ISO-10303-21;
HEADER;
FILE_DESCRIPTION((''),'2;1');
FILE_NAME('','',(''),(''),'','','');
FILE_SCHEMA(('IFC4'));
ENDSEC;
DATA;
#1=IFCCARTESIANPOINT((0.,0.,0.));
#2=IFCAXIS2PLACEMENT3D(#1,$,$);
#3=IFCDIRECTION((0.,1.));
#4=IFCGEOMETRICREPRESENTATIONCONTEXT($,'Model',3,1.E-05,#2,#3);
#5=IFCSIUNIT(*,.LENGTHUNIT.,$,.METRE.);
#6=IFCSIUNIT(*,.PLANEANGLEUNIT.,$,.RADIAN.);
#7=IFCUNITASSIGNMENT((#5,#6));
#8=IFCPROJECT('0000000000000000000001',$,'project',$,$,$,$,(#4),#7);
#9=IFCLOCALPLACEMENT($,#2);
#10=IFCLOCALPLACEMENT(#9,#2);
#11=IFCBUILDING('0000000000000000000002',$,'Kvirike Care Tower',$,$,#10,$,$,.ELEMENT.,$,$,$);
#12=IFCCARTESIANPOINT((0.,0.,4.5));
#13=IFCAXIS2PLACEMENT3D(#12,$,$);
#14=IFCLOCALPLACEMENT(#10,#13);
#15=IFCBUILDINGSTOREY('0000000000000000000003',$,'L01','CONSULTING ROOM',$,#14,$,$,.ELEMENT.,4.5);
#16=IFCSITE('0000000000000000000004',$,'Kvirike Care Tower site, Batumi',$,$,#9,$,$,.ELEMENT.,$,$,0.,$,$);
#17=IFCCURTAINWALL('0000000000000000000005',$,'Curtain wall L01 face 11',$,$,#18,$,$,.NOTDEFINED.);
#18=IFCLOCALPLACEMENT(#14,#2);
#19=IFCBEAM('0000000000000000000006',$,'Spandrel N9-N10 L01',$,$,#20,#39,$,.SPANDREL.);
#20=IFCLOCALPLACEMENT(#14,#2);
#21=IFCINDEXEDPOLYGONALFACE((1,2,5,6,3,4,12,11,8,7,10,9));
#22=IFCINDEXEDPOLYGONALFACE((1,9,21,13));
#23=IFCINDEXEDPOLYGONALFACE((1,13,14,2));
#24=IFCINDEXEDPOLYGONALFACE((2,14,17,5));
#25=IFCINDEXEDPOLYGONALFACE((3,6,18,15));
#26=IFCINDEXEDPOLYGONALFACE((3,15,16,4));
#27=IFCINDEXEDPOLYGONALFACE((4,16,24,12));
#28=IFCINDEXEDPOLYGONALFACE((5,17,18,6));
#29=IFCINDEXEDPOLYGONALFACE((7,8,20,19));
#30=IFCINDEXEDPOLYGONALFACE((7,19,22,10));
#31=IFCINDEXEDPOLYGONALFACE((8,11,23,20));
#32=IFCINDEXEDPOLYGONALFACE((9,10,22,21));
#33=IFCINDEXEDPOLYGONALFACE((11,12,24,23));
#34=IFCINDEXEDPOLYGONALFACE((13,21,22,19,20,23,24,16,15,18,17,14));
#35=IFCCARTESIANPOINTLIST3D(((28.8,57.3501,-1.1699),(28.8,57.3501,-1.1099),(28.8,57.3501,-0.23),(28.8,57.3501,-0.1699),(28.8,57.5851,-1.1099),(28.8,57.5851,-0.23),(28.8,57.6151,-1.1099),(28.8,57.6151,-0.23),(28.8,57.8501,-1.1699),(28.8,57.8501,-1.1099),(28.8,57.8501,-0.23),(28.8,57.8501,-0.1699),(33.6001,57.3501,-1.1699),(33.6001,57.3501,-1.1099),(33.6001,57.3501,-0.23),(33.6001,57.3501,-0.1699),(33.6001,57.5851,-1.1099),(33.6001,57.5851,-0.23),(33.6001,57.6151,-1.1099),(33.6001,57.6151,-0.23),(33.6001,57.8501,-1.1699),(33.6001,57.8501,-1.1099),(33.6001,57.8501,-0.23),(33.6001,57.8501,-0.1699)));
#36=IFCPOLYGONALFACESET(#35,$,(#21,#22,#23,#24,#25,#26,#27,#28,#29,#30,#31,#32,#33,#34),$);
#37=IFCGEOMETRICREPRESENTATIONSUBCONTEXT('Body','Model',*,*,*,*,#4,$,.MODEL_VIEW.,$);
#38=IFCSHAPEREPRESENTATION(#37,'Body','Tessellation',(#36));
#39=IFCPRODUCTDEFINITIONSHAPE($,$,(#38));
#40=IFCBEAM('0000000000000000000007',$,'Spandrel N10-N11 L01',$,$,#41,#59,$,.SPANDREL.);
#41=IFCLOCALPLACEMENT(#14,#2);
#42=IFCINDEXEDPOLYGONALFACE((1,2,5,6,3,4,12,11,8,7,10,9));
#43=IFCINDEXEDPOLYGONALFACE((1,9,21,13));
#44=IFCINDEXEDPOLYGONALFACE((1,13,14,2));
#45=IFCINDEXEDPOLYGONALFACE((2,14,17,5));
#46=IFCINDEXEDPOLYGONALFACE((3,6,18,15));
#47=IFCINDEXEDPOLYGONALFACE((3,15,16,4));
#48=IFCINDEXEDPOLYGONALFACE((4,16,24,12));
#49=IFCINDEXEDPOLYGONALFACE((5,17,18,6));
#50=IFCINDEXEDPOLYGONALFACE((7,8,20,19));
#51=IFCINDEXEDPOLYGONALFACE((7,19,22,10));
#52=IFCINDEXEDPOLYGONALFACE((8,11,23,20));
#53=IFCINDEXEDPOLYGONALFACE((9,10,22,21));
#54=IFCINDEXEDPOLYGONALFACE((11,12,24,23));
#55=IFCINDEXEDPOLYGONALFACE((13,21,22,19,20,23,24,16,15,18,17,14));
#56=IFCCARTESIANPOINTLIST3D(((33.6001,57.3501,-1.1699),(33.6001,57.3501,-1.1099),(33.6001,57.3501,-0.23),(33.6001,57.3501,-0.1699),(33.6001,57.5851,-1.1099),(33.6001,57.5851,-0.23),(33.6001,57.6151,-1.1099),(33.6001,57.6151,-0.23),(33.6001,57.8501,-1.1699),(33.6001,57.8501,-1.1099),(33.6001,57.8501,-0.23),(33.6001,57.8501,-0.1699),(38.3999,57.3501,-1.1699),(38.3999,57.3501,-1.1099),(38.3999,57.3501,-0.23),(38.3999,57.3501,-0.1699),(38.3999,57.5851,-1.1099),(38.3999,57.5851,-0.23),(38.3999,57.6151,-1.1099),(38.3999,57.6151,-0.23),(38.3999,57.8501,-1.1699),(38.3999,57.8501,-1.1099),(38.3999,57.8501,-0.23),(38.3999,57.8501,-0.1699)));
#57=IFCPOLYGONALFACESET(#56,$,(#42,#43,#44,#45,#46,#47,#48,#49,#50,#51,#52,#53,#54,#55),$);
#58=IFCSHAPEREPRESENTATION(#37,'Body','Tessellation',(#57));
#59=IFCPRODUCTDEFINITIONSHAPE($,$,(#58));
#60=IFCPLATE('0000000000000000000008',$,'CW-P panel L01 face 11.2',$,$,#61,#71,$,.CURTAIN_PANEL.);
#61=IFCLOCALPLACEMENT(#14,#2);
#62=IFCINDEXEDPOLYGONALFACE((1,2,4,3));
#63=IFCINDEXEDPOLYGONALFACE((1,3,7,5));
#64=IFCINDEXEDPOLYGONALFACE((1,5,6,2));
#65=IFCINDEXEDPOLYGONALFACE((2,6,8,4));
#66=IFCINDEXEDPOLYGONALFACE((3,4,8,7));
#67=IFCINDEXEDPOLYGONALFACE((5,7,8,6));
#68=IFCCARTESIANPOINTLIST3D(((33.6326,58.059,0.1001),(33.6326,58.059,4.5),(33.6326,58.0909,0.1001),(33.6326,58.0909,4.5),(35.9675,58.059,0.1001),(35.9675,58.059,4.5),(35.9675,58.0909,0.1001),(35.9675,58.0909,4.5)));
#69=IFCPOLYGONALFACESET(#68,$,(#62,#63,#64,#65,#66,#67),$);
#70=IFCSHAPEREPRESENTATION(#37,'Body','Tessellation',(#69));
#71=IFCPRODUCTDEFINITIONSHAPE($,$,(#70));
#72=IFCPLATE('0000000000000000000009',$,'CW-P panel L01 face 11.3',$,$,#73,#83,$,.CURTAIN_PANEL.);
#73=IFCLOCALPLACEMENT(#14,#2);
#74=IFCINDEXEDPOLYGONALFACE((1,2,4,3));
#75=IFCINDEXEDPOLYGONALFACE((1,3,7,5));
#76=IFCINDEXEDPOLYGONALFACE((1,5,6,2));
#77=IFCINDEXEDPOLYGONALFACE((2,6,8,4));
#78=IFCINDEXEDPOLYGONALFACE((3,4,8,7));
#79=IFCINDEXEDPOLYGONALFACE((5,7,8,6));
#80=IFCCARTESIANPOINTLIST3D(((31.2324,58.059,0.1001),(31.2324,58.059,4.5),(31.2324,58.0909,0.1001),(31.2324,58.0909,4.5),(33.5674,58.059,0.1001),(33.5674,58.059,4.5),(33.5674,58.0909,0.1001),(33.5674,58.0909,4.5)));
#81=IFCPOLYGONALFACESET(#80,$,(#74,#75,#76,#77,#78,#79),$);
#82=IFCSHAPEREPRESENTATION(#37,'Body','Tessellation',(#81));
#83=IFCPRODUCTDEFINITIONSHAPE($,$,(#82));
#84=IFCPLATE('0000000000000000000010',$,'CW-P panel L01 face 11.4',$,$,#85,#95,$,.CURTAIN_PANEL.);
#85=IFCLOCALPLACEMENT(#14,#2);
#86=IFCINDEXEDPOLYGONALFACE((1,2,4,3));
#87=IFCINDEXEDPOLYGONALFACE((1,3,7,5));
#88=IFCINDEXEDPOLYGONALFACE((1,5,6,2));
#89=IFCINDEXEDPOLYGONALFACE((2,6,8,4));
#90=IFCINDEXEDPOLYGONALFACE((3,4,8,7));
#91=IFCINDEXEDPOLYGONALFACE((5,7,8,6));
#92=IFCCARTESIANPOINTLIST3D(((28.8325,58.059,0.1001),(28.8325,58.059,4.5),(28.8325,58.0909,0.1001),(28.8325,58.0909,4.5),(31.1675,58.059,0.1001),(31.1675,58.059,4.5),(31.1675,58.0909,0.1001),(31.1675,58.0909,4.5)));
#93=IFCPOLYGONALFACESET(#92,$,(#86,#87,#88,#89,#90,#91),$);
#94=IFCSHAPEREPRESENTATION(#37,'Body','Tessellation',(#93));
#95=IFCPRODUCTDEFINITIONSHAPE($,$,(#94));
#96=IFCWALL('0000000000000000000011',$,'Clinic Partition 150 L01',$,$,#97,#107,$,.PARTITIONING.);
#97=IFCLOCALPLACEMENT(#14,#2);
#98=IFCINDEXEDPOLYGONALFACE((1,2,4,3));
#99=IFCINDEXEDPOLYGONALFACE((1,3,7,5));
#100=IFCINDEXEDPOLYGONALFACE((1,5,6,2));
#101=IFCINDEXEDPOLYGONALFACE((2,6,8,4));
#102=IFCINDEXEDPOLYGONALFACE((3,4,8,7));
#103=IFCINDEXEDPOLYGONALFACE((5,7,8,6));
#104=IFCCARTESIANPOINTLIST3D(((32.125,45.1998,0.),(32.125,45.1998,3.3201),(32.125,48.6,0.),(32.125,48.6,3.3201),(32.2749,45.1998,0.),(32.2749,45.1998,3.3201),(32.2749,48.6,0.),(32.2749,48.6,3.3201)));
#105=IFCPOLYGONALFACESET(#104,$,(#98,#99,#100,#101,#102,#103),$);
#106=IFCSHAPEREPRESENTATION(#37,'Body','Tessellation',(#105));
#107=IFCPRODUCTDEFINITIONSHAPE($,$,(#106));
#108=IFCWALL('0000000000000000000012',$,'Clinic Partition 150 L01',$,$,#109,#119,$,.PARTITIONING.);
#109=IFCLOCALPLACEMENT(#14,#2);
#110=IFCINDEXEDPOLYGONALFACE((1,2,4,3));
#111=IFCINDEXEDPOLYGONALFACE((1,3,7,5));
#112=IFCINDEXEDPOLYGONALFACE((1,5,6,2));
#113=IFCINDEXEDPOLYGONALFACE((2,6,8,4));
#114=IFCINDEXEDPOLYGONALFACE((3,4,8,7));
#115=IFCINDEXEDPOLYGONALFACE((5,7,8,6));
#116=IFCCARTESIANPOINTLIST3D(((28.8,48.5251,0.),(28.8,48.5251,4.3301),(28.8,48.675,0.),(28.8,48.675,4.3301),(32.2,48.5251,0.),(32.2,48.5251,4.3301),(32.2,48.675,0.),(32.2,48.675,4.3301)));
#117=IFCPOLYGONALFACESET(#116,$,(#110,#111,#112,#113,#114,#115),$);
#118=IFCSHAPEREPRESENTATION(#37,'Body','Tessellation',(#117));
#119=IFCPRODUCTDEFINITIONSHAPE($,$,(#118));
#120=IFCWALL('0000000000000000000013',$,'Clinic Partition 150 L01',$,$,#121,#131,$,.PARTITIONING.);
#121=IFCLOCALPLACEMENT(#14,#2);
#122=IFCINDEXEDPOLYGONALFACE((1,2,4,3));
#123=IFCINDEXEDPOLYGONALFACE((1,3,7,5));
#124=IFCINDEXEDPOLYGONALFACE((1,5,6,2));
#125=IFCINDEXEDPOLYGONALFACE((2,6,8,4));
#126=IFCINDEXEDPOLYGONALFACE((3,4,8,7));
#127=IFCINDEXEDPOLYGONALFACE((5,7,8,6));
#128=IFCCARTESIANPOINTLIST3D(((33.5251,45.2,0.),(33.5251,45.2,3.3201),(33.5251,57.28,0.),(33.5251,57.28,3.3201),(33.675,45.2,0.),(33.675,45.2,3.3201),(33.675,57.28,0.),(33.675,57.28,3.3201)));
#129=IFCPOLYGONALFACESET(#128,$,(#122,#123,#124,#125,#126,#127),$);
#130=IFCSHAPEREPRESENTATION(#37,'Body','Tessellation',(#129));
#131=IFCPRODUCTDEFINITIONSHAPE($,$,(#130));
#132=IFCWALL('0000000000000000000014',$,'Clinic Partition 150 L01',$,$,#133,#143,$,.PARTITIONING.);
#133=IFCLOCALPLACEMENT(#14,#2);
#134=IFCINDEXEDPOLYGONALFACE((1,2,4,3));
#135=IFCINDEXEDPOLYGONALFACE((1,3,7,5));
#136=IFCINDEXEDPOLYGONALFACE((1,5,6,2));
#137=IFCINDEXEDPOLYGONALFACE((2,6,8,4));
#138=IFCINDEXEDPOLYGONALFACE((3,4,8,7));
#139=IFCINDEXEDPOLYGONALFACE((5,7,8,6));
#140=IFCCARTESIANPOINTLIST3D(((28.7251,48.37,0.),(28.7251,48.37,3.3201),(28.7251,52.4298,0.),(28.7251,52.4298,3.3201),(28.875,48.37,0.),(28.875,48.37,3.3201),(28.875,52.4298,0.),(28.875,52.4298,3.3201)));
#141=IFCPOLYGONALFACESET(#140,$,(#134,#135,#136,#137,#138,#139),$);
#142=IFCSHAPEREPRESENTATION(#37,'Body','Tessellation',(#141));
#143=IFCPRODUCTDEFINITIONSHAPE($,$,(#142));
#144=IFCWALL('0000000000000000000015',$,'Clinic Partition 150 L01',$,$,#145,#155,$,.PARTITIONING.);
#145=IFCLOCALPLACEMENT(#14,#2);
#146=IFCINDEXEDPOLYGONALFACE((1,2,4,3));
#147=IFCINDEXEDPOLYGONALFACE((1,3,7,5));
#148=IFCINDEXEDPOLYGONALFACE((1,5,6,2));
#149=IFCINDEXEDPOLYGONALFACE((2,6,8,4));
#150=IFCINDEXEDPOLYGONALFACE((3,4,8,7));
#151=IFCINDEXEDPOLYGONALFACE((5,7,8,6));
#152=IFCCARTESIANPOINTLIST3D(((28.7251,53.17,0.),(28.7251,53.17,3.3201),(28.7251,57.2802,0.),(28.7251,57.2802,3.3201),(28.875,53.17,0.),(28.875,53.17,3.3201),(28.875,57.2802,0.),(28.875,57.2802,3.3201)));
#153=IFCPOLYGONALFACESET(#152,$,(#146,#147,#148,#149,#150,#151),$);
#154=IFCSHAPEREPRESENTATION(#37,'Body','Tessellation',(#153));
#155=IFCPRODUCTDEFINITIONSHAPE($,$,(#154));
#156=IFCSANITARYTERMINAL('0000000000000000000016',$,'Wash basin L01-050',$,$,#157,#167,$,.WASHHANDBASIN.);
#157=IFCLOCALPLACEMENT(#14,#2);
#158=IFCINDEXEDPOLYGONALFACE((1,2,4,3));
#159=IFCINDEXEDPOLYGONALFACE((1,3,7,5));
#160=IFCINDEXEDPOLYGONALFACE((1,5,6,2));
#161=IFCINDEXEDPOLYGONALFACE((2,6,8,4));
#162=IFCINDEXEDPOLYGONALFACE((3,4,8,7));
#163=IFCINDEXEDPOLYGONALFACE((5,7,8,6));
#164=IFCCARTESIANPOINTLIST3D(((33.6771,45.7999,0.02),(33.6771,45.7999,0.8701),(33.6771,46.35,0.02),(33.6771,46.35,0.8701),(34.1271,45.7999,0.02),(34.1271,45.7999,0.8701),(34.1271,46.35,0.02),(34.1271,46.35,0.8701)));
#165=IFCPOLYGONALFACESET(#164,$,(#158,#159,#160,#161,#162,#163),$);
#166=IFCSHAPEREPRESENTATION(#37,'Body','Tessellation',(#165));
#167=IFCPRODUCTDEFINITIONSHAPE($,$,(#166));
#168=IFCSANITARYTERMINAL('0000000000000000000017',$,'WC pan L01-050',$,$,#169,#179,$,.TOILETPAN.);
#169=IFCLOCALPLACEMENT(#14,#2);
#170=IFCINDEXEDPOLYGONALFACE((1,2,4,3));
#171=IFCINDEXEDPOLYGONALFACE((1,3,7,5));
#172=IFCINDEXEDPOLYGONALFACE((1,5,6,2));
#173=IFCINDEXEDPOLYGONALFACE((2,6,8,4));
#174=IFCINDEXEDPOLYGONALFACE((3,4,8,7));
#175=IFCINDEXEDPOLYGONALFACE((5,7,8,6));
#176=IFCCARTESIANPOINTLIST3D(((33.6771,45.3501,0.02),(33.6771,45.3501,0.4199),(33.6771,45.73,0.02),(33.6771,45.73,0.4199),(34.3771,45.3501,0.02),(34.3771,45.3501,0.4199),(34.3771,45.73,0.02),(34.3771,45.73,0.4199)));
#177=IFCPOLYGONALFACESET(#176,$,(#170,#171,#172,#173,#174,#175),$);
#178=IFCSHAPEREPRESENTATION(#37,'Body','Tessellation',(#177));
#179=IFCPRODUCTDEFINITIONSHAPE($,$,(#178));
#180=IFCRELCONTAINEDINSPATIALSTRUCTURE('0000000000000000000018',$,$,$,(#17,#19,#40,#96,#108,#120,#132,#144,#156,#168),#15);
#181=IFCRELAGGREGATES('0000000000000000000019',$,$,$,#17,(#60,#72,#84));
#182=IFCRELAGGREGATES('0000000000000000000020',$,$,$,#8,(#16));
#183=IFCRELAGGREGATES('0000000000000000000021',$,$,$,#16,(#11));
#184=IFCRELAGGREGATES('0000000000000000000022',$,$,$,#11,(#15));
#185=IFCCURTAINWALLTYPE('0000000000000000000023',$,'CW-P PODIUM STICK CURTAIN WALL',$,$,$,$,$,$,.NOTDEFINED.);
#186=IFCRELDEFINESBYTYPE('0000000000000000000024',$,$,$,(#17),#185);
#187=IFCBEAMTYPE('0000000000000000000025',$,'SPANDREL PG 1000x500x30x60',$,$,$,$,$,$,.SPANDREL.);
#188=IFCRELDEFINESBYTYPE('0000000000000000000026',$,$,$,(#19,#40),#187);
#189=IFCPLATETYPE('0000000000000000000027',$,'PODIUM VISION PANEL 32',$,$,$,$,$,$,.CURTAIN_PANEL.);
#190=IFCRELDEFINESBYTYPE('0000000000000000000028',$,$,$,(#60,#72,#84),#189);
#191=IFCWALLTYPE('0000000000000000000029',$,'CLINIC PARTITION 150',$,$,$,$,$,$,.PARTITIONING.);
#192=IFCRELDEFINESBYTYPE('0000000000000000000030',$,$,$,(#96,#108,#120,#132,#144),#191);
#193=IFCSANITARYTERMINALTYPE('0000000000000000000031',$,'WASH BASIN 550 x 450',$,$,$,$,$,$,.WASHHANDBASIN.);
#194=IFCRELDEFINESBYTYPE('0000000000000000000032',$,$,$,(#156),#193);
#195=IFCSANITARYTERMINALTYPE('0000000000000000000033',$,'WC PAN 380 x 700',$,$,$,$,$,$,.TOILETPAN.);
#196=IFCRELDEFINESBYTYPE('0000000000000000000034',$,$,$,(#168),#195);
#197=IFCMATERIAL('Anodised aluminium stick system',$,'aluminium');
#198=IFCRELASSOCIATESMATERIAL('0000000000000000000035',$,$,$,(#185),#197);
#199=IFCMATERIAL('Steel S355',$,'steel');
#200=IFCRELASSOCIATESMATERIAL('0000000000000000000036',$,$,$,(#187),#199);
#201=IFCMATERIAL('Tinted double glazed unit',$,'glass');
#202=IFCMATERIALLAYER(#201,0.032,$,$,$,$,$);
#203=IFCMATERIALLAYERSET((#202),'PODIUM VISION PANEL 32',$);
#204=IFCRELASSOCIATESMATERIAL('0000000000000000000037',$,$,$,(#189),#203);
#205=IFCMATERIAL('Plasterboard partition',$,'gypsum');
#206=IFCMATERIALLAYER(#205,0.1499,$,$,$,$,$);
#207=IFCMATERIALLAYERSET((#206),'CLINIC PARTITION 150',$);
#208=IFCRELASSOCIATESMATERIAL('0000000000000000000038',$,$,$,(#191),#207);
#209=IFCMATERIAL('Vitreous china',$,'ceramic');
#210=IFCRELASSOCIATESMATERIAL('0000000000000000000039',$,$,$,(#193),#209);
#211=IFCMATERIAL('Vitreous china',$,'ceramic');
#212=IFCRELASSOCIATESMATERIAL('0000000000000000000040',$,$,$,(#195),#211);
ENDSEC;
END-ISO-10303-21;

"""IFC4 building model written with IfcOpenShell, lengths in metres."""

from ifc_helpers import new_model, si_unit, direction, frame, frame_2d, origin, origin_2d, place, context, subcontext, project, spatial, rectangle, i_section, extrude, material, layer, layer_set, material_profile, profile_set, type_object, element, aggregate, save


model = new_model("IFC4")

# Units and contexts
model_context = context("Model", 3, precision=1e-05, world=origin(), true_north=direction((0.0, 1.0)))
body_context = subcontext(model_context, "Body", "Model", "MODEL_VIEW")
ifc_project = project(units=[si_unit("LENGTHUNIT", "METRE"), si_unit("PLANEANGLEUNIT", "RADIAN")], contexts=[model_context])

# Site, building, storey
site_placement = place(None, origin())
site = spatial("IfcSite", under=ifc_project, at=site_placement, Name="Kvirike Care Tower site, Batumi", CompositionType="ELEMENT", RefElevation=0.0)
building_placement = place(site_placement, origin())
building = spatial("IfcBuilding", under=site, at=building_placement, Name="Kvirike Care Tower", CompositionType="ELEMENT")
storey_placement = place(building_placement, frame((0.0, 0.0, 4.5)))
storey = spatial("IfcBuildingStorey", under=building, at=storey_placement, Name="L01", Description="CONSULTING ROOM", CompositionType="ELEMENT", Elevation=4.5)

# Curtain wall
ifc_material_1 = material(Name="Anodised aluminium stick system", Category="aluminium")
curtain_wall_type = type_object("IfcCurtainWallType", Name="CW-P PODIUM STICK CURTAIN WALL", PredefinedType="NOTDEFINED", material=ifc_material_1)
curtain_wall_placement = place(storey_placement, origin())
curtain_wall = element("IfcCurtainWall", 1, at=curtain_wall_placement, inside=storey, type_object=curtain_wall_type, Name="Curtain wall L01 face 11", PredefinedType="NOTDEFINED")

# Beams
ifc_material_2 = material(Name="Steel S355", Category="steel")
ifc_material_profile_1 = material_profile(ifc_material_2, i_section(OverallWidth=0.5, OverallDepth=1.0, WebThickness=0.03, FlangeThickness=0.0601, at=origin_2d()), Name="PG 1000x500x30x60")
ifc_profile_set_1 = profile_set([ifc_material_profile_1], Name="Steel S355")
beam_type_1 = type_object("IfcBeamType", Name="SPANDREL PG 1000x500x30x60", PredefinedType="SPANDREL", material=ifc_profile_set_1)
beam_1_placement = place(storey_placement, frame((28.8, 57.6001, -0.6699), z_axis=(1.0, 0.0, 0.0), x_axis=(0.0, 1.0, 0.0)))
element("IfcBeam", 2, at=beam_1_placement, inside=storey, type_object=beam_type_1, Name="Spandrel N9-N10 L01", PredefinedType="SPANDREL", context=body_context, shape_type="SweptSolid", body=[
    extrude(i_section(OverallWidth=0.5, OverallDepth=1.0, WebThickness=0.03, FlangeThickness=0.0601, at=origin_2d()), origin(), (0.0, 0.0, 1.0), 4.8),
])
beam_2_placement = place(storey_placement, frame((33.6001, 57.6001, -0.6699), z_axis=(1.0, 0.0, 0.0), x_axis=(0.0, 1.0, 0.0)))
element("IfcBeam", 3, at=beam_2_placement, inside=storey, type_object=beam_type_1, Name="Spandrel N10-N11 L01", PredefinedType="SPANDREL", context=body_context, shape_type="SweptSolid", body=[
    extrude(i_section(OverallWidth=0.5, OverallDepth=1.0, WebThickness=0.03, FlangeThickness=0.0601, at=origin_2d()), origin(), (0.0, 0.0, 1.0), 4.7998),
])

# Plates
ifc_material_3 = material(Name="Tinted double glazed unit", Category="glass")
ifc_layer_1 = layer(ifc_material_3, 0.032)
ifc_layer_set_1 = layer_set([ifc_layer_1], Name="PODIUM VISION PANEL 32")
plate_type = type_object("IfcPlateType", Name="PODIUM VISION PANEL 32", PredefinedType="CURTAIN_PANEL", material=ifc_layer_set_1)
plate_1_placement = place(storey_placement, frame((34.8, 58.075, 0.1001), z_axis=(0.0, 0.0, 1.0), x_axis=(-1.0, 0.0, 0.0)))
plate_1 = element("IfcPlate", 4, at=plate_1_placement, type_object=plate_type, Name="CW-P panel L01 face 11.2", PredefinedType="CURTAIN_PANEL", context=body_context, shape_type="SweptSolid", body=[
    extrude(rectangle(XDim=2.335, YDim=0.032, at=origin_2d()), origin(), (0.0, 0.0, 1.0), 4.3999),
])
plate_2_placement = place(storey_placement, frame((32.3999, 58.075, 0.1001), z_axis=(0.0, 0.0, 1.0), x_axis=(-1.0, 0.0, 0.0)))
plate_2 = element("IfcPlate", 5, at=plate_2_placement, type_object=plate_type, Name="CW-P panel L01 face 11.3", PredefinedType="CURTAIN_PANEL", context=body_context, shape_type="SweptSolid", body=[
    extrude(rectangle(XDim=2.335, YDim=0.032, at=origin_2d()), origin(), (0.0, 0.0, 1.0), 4.3999),
])
plate_3_placement = place(storey_placement, frame((30.0, 58.075, 0.1001), z_axis=(0.0, 0.0, 1.0), x_axis=(-1.0, 0.0, 0.0)))
plate_3 = element("IfcPlate", 6, at=plate_3_placement, type_object=plate_type, Name="CW-P panel L01 face 11.4", PredefinedType="CURTAIN_PANEL", context=body_context, shape_type="SweptSolid", body=[
    extrude(rectangle(XDim=2.335, YDim=0.032, at=origin_2d()), origin(), (0.0, 0.0, 1.0), 4.3999),
])
aggregate(curtain_wall, [plate_1, plate_2, plate_3])

# Walls
ifc_material_4 = material(Name="Plasterboard partition", Category="gypsum")
ifc_layer_2 = layer(ifc_material_4, 0.1499)
ifc_layer_set_2 = layer_set([ifc_layer_2], Name="CLINIC PARTITION 150")
wall_type = type_object("IfcWallType", Name="CLINIC PARTITION 150", PredefinedType="PARTITIONING", material=ifc_layer_set_2)
wall_1_placement = place(storey_placement, frame((32.2, 48.6001, 0.0), z_axis=(0.0, 0.0, 1.0), x_axis=(0.0, -1.0, 0.0)))
element("IfcWall", 7, at=wall_1_placement, inside=storey, type_object=wall_type, Name="Clinic Partition 150 L01", PredefinedType="PARTITIONING", context=body_context, shape_type="SweptSolid", body=[
    extrude(rectangle(XDim=3.4001, YDim=0.1499, at=frame_2d((1.7002, 0.0))), origin(), (0.0, 0.0, 1.0), 3.3201),
])
wall_2_placement = place(storey_placement, frame((32.2, 48.6001, 0.0), z_axis=(0.0, 0.0, 1.0), x_axis=(-1.0, 0.0, 0.0)))
element("IfcWall", 8, at=wall_2_placement, inside=storey, type_object=wall_type, Name="Clinic Partition 150 L01", PredefinedType="PARTITIONING", context=body_context, shape_type="SweptSolid", body=[
    extrude(rectangle(XDim=3.3999, YDim=0.1499, at=frame_2d((1.7, 0.0))), origin(), (0.0, 0.0, 1.0), 4.3301),
])
wall_3_placement = place(storey_placement, frame((33.6001, 57.28, 0.0), z_axis=(0.0, 0.0, 1.0), x_axis=(0.0, -1.0, 0.0)))
element("IfcWall", 9, at=wall_3_placement, inside=storey, type_object=wall_type, Name="Clinic Partition 150 L01", PredefinedType="PARTITIONING", context=body_context, shape_type="SweptSolid", body=[
    extrude(rectangle(XDim=12.0801, YDim=0.1499, at=frame_2d((6.04, 0.0))), origin(), (0.0, 0.0, 1.0), 3.3201),
])
wall_4_placement = place(storey_placement, frame((28.8, 48.3701, 0.0), z_axis=(0.0, 0.0, 1.0), x_axis=(0.0, 1.0, 0.0)))
element("IfcWall", 10, at=wall_4_placement, inside=storey, type_object=wall_type, Name="Clinic Partition 150 L01", PredefinedType="PARTITIONING", context=body_context, shape_type="SweptSolid", body=[
    extrude(rectangle(XDim=4.0598, YDim=0.1499, at=frame_2d((2.0298, 0.0))), origin(), (0.0, 0.0, 1.0), 3.3201),
])
wall_5_placement = place(storey_placement, frame((28.8, 53.1699, 0.0), z_axis=(0.0, 0.0, 1.0), x_axis=(0.0, 1.0, 0.0)))
element("IfcWall", 11, at=wall_5_placement, inside=storey, type_object=wall_type, Name="Clinic Partition 150 L01", PredefinedType="PARTITIONING", context=body_context, shape_type="SweptSolid", body=[
    extrude(rectangle(XDim=4.1101, YDim=0.1499, at=frame_2d((2.0552, 0.0))), origin(), (0.0, 0.0, 1.0), 3.3201),
])

# Sanitary terminals
ifc_material_5 = material(Name="Vitreous china", Category="ceramic")
sanitary_terminal_type_1 = type_object("IfcSanitaryTerminalType", Name="WASH BASIN 550 x 450", PredefinedType="WASHHANDBASIN", material=ifc_material_5)
sanitary_terminal_1_placement = place(storey_placement, frame((33.9021, 46.075, 0.02), z_axis=(0.0, 0.0, 1.0), x_axis=(0.0, 1.0, 0.0)))
element("IfcSanitaryTerminal", 12, at=sanitary_terminal_1_placement, inside=storey, type_object=sanitary_terminal_type_1, Name="Wash basin L01-050", PredefinedType="WASHHANDBASIN", context=body_context, shape_type="SweptSolid", body=[
    extrude(rectangle(XDim=0.55, YDim=0.45, at=origin_2d()), origin(), (0.0, 0.0, 1.0), 0.8501),
])
ifc_material_6 = material(Name="Vitreous china", Category="ceramic")
sanitary_terminal_type_2 = type_object("IfcSanitaryTerminalType", Name="WC PAN 380 x 700", PredefinedType="TOILETPAN", material=ifc_material_6)
sanitary_terminal_2_placement = place(storey_placement, frame((34.0271, 45.54, 0.02), z_axis=(0.0, 0.0, 1.0), x_axis=(0.0, 1.0, 0.0)))
element("IfcSanitaryTerminal", 13, at=sanitary_terminal_2_placement, inside=storey, type_object=sanitary_terminal_type_2, Name="WC pan L01-050", PredefinedType="TOILETPAN", context=body_context, shape_type="SweptSolid", body=[
    extrude(rectangle(XDim=0.3799, YDim=0.7, at=origin_2d()), origin(), (0.0, 0.0, 1.0), 0.3999),
])

save(model, "model.ifc")
